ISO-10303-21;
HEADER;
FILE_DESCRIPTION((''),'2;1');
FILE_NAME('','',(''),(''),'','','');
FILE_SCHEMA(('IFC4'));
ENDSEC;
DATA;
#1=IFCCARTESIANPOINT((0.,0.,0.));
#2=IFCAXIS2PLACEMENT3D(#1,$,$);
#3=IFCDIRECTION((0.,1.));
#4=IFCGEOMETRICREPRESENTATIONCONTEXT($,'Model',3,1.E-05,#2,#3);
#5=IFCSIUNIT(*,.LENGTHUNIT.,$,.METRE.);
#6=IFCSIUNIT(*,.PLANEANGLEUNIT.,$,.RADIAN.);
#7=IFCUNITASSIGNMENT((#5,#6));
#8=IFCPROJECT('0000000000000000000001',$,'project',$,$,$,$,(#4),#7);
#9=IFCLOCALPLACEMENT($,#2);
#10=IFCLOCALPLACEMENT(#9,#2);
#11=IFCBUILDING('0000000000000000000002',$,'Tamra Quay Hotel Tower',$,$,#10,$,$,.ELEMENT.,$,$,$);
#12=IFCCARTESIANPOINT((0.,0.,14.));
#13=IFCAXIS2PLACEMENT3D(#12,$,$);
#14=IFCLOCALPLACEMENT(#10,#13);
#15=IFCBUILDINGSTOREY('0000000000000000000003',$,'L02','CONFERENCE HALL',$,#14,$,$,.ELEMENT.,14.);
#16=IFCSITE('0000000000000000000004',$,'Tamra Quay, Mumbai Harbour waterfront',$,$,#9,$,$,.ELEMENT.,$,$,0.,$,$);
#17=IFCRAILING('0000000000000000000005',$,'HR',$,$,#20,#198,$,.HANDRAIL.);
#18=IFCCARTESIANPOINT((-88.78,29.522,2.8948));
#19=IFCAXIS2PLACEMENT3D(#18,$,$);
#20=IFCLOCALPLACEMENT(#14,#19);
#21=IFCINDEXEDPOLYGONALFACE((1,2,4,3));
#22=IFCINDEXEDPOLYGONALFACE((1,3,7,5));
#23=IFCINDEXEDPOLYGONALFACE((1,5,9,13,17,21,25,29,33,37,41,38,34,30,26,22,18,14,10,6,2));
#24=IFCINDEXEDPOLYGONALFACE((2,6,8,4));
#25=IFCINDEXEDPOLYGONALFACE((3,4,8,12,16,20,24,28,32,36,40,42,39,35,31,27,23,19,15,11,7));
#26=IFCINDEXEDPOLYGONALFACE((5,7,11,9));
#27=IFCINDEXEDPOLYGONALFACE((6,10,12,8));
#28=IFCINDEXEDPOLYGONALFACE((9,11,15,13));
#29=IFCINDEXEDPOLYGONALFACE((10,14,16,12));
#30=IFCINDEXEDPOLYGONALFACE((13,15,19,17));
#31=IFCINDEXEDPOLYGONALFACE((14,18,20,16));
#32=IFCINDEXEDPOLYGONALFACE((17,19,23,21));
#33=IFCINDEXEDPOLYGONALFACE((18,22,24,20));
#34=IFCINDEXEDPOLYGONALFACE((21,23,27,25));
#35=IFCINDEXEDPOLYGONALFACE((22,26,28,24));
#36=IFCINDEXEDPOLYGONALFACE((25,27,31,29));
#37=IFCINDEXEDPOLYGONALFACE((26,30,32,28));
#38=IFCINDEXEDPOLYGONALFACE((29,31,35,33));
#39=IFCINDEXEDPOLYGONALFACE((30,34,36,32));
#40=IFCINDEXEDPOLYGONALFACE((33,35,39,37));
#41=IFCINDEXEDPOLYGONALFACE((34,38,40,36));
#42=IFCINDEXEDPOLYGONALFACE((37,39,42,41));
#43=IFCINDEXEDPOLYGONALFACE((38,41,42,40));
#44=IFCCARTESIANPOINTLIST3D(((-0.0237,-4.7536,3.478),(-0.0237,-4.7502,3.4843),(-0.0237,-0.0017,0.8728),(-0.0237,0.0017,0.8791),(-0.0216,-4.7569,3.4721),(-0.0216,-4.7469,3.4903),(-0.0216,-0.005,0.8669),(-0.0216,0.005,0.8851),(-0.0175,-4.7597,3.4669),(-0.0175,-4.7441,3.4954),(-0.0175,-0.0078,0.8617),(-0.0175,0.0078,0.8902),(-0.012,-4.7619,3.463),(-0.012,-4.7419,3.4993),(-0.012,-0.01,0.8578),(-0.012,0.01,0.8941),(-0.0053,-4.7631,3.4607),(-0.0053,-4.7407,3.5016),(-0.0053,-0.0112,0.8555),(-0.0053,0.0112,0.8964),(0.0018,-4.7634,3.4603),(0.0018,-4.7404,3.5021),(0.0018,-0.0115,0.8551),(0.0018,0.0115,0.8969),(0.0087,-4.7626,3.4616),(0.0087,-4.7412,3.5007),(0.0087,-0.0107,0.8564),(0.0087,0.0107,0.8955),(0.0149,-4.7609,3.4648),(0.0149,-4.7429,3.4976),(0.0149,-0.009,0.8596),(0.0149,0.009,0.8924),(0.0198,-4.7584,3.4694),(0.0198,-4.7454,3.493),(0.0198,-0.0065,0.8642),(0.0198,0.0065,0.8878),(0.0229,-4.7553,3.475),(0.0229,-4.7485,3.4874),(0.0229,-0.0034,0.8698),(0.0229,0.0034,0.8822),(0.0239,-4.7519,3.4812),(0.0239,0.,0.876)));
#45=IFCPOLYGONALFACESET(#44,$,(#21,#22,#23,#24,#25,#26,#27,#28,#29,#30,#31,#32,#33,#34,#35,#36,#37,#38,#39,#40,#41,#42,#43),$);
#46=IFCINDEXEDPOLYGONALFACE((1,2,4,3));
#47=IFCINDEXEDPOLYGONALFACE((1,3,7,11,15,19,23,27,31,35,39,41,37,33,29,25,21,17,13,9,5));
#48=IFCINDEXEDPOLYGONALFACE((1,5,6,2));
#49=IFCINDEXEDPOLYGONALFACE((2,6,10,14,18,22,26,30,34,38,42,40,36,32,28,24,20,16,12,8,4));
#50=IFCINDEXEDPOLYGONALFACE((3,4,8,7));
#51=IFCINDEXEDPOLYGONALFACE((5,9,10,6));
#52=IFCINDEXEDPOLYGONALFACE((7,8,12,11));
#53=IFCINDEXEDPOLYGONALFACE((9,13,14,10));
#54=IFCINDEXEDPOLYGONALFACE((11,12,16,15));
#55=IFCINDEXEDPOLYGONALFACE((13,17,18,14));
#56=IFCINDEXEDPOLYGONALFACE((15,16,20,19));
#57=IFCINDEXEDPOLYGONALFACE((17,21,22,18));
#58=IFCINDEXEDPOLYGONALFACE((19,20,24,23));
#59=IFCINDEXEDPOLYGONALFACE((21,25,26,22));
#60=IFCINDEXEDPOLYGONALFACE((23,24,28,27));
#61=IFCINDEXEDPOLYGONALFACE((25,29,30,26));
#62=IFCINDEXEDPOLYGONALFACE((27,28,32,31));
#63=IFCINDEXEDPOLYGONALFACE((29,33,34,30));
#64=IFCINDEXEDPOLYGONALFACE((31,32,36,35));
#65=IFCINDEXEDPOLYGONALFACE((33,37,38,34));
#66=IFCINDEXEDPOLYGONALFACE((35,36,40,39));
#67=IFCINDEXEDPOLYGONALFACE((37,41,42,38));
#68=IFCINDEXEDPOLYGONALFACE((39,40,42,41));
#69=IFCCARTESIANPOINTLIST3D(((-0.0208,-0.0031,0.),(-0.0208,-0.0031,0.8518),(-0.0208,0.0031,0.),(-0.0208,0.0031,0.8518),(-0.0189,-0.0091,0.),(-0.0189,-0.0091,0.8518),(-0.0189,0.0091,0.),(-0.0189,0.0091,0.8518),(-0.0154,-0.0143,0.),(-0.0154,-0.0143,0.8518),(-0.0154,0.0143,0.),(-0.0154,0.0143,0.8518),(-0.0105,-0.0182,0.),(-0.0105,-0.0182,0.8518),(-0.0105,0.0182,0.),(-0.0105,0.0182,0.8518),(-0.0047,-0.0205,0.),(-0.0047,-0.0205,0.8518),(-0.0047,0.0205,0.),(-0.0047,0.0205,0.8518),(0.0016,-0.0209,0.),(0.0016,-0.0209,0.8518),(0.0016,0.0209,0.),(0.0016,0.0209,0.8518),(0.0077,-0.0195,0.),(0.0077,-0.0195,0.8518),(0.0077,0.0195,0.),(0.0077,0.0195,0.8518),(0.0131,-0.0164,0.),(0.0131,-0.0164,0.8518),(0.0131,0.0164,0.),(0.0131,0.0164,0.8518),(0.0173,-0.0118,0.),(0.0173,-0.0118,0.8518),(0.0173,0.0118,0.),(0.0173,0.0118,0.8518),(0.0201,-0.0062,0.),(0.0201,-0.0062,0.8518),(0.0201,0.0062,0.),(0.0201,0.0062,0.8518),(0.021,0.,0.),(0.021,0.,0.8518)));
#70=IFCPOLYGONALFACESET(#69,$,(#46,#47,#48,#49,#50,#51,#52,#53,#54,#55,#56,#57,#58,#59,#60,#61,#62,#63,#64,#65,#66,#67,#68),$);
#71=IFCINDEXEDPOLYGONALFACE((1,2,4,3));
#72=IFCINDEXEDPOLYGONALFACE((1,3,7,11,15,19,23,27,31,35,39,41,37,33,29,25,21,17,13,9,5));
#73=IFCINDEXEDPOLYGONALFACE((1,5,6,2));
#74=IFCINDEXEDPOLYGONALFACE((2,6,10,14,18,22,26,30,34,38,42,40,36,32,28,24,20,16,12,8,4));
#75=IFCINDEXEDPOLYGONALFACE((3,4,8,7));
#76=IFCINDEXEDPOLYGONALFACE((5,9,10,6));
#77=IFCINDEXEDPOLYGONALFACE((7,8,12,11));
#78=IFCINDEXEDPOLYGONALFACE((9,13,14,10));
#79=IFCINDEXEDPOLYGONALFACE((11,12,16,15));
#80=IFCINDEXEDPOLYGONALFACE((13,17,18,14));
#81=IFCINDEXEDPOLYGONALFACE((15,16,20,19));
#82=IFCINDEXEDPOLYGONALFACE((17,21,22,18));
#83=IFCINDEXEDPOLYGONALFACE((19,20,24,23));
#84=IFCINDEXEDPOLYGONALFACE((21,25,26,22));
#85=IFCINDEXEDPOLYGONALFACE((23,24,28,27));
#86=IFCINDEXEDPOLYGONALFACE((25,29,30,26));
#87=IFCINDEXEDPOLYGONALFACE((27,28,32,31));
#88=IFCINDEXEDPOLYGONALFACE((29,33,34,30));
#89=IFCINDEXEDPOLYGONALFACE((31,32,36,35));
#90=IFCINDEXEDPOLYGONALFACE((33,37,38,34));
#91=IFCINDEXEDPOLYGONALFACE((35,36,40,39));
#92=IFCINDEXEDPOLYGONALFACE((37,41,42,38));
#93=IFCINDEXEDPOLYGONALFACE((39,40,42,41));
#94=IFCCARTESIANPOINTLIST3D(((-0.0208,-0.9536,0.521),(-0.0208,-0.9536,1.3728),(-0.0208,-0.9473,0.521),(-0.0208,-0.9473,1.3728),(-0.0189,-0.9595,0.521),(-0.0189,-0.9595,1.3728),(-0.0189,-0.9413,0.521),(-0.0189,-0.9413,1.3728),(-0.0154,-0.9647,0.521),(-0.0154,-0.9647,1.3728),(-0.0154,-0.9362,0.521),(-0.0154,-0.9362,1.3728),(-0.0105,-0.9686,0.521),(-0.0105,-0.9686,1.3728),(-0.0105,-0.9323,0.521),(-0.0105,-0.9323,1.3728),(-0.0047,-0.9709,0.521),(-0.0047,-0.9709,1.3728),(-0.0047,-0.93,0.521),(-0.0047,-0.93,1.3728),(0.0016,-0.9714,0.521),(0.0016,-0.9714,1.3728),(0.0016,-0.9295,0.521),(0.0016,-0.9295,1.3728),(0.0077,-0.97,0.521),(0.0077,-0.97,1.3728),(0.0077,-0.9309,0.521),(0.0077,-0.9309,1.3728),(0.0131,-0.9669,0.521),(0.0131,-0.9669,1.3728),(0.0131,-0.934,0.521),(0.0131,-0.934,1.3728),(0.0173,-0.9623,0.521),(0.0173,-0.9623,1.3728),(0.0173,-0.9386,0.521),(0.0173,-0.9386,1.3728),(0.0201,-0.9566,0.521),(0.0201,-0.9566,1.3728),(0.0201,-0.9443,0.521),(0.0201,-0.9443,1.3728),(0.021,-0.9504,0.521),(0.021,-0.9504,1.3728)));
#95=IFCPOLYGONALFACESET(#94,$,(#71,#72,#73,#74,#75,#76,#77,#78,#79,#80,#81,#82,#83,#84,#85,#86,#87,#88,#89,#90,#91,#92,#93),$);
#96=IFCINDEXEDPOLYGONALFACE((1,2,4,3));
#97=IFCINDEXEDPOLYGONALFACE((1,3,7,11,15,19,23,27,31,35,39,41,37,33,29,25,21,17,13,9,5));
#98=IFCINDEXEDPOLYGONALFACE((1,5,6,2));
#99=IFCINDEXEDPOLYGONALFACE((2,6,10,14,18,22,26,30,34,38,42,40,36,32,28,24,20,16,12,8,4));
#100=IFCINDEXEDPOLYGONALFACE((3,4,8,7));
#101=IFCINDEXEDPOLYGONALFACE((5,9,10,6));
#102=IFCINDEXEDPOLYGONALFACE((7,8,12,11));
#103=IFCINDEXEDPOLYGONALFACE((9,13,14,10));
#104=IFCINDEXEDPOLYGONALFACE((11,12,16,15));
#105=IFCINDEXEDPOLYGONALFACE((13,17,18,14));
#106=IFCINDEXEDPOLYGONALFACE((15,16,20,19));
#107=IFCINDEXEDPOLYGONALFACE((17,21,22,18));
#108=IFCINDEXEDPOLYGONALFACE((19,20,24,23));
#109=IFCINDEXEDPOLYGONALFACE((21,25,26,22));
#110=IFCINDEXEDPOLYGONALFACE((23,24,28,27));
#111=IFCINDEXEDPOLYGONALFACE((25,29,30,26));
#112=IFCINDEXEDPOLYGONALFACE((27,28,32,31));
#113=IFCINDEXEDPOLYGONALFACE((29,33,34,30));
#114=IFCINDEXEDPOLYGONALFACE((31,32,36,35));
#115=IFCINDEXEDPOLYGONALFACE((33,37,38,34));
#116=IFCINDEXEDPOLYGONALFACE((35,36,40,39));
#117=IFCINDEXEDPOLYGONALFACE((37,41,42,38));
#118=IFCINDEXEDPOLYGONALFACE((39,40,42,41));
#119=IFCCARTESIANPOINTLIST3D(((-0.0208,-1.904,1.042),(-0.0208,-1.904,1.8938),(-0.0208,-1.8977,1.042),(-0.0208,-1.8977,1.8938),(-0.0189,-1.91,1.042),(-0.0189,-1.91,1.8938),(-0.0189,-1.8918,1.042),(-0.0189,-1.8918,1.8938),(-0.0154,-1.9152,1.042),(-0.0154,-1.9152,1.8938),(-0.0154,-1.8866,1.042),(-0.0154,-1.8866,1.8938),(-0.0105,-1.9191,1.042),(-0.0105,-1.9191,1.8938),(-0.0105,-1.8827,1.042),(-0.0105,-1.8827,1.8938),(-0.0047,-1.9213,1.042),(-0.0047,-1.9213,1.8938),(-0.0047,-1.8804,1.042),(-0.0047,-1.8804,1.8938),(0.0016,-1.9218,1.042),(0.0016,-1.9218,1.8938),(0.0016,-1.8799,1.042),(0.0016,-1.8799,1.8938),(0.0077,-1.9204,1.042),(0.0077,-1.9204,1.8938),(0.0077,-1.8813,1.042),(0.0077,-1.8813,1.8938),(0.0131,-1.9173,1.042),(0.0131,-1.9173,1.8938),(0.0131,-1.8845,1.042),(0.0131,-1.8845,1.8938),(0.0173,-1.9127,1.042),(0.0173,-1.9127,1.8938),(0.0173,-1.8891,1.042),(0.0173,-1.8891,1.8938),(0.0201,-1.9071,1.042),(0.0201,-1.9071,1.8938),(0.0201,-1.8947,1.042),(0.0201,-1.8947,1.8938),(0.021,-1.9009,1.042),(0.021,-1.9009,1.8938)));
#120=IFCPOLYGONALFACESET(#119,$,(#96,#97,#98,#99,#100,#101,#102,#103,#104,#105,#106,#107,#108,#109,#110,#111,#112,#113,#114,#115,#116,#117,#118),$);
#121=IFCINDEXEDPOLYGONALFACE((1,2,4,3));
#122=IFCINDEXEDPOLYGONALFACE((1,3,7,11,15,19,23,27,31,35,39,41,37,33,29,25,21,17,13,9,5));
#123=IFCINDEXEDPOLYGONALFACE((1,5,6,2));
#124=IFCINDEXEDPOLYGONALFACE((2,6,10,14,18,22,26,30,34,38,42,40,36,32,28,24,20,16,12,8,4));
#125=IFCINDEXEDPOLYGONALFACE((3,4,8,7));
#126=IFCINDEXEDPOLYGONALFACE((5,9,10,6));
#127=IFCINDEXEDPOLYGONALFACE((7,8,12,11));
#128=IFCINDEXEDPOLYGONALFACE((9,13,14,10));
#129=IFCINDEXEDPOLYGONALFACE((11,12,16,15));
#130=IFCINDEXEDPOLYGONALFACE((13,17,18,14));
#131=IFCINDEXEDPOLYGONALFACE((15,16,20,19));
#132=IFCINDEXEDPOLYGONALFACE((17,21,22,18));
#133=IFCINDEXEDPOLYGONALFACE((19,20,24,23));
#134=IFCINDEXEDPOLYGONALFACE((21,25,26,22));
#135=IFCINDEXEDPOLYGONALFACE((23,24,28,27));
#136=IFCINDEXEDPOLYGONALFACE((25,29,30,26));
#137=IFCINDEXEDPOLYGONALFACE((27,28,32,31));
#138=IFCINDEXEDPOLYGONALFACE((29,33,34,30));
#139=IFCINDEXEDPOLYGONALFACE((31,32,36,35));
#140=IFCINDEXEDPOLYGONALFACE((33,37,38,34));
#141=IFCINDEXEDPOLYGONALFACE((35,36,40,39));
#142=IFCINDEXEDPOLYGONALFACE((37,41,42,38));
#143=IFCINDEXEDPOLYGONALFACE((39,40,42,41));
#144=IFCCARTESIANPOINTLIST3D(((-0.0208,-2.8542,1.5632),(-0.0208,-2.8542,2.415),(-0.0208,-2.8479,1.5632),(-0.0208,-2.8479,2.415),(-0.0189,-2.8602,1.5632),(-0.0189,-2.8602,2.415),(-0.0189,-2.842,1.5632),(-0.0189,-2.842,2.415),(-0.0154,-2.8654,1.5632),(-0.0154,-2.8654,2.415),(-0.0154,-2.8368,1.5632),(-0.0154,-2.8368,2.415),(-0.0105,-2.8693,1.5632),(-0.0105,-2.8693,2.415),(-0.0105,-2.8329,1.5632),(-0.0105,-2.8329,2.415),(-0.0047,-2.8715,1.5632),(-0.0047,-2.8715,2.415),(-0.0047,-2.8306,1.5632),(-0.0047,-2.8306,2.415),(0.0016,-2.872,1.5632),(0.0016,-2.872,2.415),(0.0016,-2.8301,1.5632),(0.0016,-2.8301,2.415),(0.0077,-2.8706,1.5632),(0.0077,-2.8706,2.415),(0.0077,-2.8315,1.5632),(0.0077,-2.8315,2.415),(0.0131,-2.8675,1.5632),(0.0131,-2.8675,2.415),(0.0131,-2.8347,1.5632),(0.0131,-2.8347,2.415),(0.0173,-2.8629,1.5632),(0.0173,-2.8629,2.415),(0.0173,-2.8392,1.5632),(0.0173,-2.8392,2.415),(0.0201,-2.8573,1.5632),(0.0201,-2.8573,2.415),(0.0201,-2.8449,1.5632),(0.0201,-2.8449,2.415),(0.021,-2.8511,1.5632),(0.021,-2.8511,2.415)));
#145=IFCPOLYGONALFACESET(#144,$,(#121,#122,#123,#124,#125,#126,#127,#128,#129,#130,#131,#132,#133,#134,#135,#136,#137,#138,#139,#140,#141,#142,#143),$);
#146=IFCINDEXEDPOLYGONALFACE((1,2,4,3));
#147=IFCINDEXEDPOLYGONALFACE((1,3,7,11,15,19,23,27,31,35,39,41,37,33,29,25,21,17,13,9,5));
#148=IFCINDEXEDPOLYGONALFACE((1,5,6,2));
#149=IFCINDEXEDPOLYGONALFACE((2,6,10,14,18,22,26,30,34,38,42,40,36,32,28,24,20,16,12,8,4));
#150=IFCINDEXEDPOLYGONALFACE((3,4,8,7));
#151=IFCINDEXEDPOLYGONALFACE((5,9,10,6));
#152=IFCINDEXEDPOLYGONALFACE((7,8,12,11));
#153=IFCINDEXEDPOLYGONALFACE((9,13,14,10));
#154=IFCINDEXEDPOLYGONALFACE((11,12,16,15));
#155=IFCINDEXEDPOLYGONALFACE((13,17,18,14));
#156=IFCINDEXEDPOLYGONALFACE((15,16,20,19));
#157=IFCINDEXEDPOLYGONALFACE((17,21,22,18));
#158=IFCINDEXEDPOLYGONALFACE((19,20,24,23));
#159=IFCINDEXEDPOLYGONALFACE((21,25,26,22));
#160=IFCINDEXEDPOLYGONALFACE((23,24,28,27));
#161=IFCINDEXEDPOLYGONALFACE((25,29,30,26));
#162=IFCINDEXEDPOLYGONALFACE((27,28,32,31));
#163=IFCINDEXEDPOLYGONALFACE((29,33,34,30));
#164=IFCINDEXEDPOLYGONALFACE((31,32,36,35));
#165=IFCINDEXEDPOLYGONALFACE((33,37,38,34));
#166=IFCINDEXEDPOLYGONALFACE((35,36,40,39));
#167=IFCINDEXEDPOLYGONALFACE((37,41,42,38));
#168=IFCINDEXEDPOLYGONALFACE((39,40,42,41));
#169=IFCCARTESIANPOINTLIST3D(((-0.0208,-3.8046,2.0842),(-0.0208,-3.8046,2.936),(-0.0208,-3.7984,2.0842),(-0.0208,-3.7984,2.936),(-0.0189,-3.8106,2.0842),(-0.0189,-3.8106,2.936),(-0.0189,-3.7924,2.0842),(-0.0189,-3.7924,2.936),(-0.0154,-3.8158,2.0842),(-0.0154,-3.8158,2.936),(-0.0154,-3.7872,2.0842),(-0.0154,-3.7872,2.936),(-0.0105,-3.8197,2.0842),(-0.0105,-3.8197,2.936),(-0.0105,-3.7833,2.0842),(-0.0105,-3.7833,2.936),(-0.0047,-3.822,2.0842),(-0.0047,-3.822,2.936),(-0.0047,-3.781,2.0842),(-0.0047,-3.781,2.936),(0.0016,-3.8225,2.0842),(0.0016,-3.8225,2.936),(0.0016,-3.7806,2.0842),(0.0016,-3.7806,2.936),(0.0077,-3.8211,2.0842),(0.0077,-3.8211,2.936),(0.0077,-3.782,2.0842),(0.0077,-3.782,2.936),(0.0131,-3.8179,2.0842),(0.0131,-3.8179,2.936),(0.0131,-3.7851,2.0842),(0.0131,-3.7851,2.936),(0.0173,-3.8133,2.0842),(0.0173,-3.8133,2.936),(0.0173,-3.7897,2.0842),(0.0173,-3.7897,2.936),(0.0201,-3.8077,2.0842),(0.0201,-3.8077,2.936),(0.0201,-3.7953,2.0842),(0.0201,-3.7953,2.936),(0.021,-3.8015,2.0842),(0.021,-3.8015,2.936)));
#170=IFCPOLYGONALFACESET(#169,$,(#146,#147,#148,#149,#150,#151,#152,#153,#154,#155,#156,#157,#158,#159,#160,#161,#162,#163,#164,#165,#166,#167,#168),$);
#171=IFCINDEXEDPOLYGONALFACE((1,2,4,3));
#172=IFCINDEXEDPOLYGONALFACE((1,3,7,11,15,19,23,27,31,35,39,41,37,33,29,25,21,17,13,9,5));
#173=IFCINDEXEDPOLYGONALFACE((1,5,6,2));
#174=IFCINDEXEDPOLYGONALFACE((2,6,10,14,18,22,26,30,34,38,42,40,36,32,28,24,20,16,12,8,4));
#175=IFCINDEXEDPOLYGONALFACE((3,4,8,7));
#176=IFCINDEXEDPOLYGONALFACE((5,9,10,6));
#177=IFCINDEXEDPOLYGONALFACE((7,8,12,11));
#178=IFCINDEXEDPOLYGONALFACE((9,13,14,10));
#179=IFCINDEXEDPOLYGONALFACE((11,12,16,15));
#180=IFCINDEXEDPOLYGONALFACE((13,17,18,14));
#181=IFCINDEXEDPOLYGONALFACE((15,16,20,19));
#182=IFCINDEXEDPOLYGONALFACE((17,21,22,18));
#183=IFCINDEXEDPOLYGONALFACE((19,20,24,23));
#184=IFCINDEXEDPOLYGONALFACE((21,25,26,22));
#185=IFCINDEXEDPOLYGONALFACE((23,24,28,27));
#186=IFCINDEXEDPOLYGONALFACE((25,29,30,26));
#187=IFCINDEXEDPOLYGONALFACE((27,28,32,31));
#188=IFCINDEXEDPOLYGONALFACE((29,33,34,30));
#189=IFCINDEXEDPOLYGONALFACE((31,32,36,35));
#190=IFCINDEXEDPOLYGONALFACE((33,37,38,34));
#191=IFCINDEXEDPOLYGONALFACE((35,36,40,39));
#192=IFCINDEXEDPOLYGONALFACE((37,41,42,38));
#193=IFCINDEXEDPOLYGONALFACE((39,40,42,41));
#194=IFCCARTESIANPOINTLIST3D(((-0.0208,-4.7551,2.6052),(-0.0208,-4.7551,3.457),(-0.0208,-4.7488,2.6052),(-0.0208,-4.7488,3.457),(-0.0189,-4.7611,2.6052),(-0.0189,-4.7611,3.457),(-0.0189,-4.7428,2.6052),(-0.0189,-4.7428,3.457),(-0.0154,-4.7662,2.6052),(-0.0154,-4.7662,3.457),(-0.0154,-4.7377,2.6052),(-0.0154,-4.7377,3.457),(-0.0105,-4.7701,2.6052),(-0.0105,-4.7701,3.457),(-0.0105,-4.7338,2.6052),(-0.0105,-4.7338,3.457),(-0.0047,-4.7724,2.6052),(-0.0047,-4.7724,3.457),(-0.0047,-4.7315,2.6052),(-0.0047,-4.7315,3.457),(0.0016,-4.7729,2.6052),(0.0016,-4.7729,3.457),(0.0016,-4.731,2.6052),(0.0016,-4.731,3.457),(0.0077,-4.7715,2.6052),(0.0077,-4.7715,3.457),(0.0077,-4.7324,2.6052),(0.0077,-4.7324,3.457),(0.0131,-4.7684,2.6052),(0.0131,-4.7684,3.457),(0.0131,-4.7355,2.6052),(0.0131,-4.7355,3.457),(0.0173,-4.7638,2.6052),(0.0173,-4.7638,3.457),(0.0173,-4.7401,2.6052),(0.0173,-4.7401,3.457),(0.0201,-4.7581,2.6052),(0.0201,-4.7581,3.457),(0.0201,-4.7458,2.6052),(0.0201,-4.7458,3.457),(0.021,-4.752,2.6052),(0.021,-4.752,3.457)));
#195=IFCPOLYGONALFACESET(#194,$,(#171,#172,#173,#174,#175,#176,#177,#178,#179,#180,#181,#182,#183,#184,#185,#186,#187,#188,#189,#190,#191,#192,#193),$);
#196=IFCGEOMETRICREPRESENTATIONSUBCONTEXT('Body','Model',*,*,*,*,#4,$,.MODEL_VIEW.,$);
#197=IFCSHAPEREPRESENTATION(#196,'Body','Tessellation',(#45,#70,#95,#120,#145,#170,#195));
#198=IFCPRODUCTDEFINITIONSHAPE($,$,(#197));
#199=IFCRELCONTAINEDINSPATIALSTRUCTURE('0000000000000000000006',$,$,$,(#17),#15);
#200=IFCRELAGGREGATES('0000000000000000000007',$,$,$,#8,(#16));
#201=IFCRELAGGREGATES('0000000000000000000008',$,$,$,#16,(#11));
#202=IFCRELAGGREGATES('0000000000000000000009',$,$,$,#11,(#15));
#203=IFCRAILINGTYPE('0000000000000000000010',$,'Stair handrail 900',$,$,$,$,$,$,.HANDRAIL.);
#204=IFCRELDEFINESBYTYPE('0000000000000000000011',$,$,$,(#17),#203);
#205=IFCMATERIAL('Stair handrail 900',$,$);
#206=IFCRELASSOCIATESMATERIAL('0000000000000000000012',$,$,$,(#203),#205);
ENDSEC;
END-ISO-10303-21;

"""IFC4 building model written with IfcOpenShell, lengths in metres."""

from ifc_helpers import new_model, si_unit, direction, frame, origin, origin_2d, place, context, subcontext, project, spatial, circle, extrude, material, type_object, element, save


model = new_model("IFC4")

# Units and contexts
model_context = context("Model", 3, precision=1e-05, world=origin(), true_north=direction((0.0, 1.0)))
body_context = subcontext(model_context, "Body", "Model", "MODEL_VIEW")
ifc_project = project(units=[si_unit("LENGTHUNIT", "METRE"), si_unit("PLANEANGLEUNIT", "RADIAN")], contexts=[model_context])

# Site, building, storey
site_placement = place(None, origin())
site = spatial("IfcSite", under=ifc_project, at=site_placement, Name="Tamra Quay, Mumbai Harbour waterfront", CompositionType="ELEMENT", RefElevation=0.0)
building_placement = place(site_placement, origin())
building = spatial("IfcBuilding", under=site, at=building_placement, Name="Tamra Quay Hotel Tower", CompositionType="ELEMENT")
storey_placement = place(building_placement, frame((0.0, 0.0, 14.0)))
storey = spatial("IfcBuildingStorey", under=building, at=storey_placement, Name="L02", Description="CONFERENCE HALL", CompositionType="ELEMENT", Elevation=14.0)

# Railing
ifc_material_1 = material(Name="Stair handrail 900")
railing_type_1 = type_object("IfcRailingType", Name="Stair handrail 900", PredefinedType="HANDRAIL", material=ifc_material_1)
railing_1_placement = place(storey_placement, frame((-88.78, 29.522, 2.8948)))
element("IfcRailing", 1, at=railing_1_placement, inside=storey, type_object=railing_type_1, Name="HR", PredefinedType="HANDRAIL", context=body_context, shape_type="SweptSolid", body=[
    extrude(circle(Radius=0.0239, at=origin_2d()), frame((0.0, 0.0, 0.876), z_axis=(0.0, -0.876866, 0.480735), x_axis=(1.0, 0.0, 0.0)), (0.0, 0.0, 1.0), 5.4192),
    extrude(circle(Radius=0.021, at=origin_2d()), origin(), (0.0, 0.0, 1.0), 0.8518),
    extrude(circle(Radius=0.021, at=origin_2d()), frame((0.0, -0.9504, 0.521)), (0.0, 0.0, 1.0), 0.8518),
    extrude(circle(Radius=0.021, at=origin_2d()), frame((0.0, -1.9009, 1.042)), (0.0, 0.0, 1.0), 0.8518),
    extrude(circle(Radius=0.021, at=origin_2d()), frame((0.0, -2.8511, 1.5632)), (0.0, 0.0, 1.0), 0.8518),
    extrude(circle(Radius=0.021, at=origin_2d()), frame((0.0, -3.8015, 2.0842)), (0.0, 0.0, 1.0), 0.8518),
    extrude(circle(Radius=0.021, at=origin_2d()), frame((0.0, -4.752, 2.6052)), (0.0, 0.0, 1.0), 0.8518),
])

save(model, "model.ifc")
